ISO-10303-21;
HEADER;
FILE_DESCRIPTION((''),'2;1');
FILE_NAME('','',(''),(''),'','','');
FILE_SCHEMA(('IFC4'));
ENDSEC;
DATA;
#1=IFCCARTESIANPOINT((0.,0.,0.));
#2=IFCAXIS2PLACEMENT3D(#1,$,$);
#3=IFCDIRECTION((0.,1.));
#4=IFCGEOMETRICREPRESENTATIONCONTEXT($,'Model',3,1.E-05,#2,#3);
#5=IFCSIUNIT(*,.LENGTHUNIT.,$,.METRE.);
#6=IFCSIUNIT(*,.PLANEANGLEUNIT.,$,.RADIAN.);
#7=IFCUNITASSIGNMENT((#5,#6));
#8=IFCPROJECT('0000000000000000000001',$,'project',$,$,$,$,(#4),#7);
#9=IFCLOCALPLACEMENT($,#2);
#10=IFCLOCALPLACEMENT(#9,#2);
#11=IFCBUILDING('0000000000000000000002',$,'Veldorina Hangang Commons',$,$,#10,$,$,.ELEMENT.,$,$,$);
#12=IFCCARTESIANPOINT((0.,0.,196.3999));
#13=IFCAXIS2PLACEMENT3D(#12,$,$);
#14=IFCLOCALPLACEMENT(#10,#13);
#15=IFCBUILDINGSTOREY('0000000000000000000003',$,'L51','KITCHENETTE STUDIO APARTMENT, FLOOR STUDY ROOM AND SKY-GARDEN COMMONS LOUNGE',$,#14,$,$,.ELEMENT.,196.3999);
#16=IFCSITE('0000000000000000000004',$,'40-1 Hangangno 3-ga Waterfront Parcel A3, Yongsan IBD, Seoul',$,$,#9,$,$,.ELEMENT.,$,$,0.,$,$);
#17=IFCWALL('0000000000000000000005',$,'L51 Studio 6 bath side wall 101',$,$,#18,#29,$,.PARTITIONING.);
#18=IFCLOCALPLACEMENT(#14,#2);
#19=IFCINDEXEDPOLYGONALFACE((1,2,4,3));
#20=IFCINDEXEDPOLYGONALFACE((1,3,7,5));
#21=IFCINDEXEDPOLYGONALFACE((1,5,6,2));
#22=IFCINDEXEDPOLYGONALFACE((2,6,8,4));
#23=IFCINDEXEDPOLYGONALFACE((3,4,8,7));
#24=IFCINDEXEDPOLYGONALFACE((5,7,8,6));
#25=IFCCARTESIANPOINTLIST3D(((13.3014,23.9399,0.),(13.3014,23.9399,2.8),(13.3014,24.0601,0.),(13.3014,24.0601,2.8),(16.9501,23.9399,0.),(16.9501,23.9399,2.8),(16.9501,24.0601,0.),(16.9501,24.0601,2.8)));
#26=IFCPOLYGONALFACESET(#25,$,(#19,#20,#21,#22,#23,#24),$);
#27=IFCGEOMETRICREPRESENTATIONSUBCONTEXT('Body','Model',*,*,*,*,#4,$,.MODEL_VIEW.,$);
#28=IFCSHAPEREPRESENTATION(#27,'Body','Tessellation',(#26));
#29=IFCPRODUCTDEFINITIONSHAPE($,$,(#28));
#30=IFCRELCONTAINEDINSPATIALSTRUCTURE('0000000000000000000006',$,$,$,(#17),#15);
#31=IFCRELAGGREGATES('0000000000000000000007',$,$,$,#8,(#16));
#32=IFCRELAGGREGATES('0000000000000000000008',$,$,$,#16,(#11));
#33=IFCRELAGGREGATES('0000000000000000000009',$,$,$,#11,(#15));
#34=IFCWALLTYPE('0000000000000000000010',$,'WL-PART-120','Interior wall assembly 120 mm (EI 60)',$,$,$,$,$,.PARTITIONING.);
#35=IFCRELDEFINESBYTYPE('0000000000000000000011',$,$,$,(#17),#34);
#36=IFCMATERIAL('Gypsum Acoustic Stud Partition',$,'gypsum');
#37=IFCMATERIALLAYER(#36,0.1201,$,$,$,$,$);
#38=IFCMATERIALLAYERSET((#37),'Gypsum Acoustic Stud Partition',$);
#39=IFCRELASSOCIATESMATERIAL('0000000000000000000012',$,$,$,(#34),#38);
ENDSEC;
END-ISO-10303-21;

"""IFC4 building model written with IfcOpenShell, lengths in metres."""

from ifc_helpers import new_model, si_unit, direction, frame, frame_2d, origin, place, context, subcontext, project, spatial, rectangle, extrude, material, layer, layer_set, type_object, element, save


model = new_model("IFC4")

# Units and contexts
model_context = context("Model", 3, precision=1e-05, world=origin(), true_north=direction((0.0, 1.0)))
body_context = subcontext(model_context, "Body", "Model", "MODEL_VIEW")
ifc_project = project(units=[si_unit("LENGTHUNIT", "METRE"), si_unit("PLANEANGLEUNIT", "RADIAN")], contexts=[model_context])

# Site, building, storey
site_placement = place(None, origin())
site = spatial("IfcSite", under=ifc_project, at=site_placement, Name="40-1 Hangangno 3-ga Waterfront Parcel A3, Yongsan IBD, Seoul", CompositionType="ELEMENT", RefElevation=0.0)
building_placement = place(site_placement, origin())
building = spatial("IfcBuilding", under=site, at=building_placement, Name="Veldorina Hangang Commons", CompositionType="ELEMENT")
storey_placement = place(building_placement, frame((0.0, 0.0, 196.3999)))
storey = spatial("IfcBuildingStorey", under=building, at=storey_placement, Name="L51", Description="KITCHENETTE STUDIO APARTMENT, FLOOR STUDY ROOM AND SKY-GARDEN COMMONS LOUNGE", CompositionType="ELEMENT", Elevation=196.3999)

# Shared definitions
ifc_material_1 = material(Name="Gypsum Acoustic Stud Partition", Category="gypsum")
ifc_layer_1 = layer(ifc_material_1, 0.1201)
ifc_layer_set_1 = layer_set([ifc_layer_1], Name="Gypsum Acoustic Stud Partition")
wall_type_1 = type_object("IfcWallType", Name="WL-PART-120", Description="Interior wall assembly 120 mm (EI 60)", PredefinedType="PARTITIONING", material=ifc_layer_set_1)

# Wall
wall_1_placement = place(storey_placement, frame((16.95, 24.0, 0.0), z_axis=(0.0, 0.0, 1.0), x_axis=(-1.0, 0.0, 0.0)))
element("IfcWall", 1, at=wall_1_placement, inside=storey, type_object=wall_type_1, Name="L51 Studio 6 bath side wall 101", PredefinedType="PARTITIONING", context=body_context, shape_type="SweptSolid", body=[
    extrude(rectangle(XDim=3.6487, YDim=0.1201, at=frame_2d((1.8242, 0.0))), origin(), (0.0, 0.0, 1.0), 2.8),
])

save(model, "model.ifc")
